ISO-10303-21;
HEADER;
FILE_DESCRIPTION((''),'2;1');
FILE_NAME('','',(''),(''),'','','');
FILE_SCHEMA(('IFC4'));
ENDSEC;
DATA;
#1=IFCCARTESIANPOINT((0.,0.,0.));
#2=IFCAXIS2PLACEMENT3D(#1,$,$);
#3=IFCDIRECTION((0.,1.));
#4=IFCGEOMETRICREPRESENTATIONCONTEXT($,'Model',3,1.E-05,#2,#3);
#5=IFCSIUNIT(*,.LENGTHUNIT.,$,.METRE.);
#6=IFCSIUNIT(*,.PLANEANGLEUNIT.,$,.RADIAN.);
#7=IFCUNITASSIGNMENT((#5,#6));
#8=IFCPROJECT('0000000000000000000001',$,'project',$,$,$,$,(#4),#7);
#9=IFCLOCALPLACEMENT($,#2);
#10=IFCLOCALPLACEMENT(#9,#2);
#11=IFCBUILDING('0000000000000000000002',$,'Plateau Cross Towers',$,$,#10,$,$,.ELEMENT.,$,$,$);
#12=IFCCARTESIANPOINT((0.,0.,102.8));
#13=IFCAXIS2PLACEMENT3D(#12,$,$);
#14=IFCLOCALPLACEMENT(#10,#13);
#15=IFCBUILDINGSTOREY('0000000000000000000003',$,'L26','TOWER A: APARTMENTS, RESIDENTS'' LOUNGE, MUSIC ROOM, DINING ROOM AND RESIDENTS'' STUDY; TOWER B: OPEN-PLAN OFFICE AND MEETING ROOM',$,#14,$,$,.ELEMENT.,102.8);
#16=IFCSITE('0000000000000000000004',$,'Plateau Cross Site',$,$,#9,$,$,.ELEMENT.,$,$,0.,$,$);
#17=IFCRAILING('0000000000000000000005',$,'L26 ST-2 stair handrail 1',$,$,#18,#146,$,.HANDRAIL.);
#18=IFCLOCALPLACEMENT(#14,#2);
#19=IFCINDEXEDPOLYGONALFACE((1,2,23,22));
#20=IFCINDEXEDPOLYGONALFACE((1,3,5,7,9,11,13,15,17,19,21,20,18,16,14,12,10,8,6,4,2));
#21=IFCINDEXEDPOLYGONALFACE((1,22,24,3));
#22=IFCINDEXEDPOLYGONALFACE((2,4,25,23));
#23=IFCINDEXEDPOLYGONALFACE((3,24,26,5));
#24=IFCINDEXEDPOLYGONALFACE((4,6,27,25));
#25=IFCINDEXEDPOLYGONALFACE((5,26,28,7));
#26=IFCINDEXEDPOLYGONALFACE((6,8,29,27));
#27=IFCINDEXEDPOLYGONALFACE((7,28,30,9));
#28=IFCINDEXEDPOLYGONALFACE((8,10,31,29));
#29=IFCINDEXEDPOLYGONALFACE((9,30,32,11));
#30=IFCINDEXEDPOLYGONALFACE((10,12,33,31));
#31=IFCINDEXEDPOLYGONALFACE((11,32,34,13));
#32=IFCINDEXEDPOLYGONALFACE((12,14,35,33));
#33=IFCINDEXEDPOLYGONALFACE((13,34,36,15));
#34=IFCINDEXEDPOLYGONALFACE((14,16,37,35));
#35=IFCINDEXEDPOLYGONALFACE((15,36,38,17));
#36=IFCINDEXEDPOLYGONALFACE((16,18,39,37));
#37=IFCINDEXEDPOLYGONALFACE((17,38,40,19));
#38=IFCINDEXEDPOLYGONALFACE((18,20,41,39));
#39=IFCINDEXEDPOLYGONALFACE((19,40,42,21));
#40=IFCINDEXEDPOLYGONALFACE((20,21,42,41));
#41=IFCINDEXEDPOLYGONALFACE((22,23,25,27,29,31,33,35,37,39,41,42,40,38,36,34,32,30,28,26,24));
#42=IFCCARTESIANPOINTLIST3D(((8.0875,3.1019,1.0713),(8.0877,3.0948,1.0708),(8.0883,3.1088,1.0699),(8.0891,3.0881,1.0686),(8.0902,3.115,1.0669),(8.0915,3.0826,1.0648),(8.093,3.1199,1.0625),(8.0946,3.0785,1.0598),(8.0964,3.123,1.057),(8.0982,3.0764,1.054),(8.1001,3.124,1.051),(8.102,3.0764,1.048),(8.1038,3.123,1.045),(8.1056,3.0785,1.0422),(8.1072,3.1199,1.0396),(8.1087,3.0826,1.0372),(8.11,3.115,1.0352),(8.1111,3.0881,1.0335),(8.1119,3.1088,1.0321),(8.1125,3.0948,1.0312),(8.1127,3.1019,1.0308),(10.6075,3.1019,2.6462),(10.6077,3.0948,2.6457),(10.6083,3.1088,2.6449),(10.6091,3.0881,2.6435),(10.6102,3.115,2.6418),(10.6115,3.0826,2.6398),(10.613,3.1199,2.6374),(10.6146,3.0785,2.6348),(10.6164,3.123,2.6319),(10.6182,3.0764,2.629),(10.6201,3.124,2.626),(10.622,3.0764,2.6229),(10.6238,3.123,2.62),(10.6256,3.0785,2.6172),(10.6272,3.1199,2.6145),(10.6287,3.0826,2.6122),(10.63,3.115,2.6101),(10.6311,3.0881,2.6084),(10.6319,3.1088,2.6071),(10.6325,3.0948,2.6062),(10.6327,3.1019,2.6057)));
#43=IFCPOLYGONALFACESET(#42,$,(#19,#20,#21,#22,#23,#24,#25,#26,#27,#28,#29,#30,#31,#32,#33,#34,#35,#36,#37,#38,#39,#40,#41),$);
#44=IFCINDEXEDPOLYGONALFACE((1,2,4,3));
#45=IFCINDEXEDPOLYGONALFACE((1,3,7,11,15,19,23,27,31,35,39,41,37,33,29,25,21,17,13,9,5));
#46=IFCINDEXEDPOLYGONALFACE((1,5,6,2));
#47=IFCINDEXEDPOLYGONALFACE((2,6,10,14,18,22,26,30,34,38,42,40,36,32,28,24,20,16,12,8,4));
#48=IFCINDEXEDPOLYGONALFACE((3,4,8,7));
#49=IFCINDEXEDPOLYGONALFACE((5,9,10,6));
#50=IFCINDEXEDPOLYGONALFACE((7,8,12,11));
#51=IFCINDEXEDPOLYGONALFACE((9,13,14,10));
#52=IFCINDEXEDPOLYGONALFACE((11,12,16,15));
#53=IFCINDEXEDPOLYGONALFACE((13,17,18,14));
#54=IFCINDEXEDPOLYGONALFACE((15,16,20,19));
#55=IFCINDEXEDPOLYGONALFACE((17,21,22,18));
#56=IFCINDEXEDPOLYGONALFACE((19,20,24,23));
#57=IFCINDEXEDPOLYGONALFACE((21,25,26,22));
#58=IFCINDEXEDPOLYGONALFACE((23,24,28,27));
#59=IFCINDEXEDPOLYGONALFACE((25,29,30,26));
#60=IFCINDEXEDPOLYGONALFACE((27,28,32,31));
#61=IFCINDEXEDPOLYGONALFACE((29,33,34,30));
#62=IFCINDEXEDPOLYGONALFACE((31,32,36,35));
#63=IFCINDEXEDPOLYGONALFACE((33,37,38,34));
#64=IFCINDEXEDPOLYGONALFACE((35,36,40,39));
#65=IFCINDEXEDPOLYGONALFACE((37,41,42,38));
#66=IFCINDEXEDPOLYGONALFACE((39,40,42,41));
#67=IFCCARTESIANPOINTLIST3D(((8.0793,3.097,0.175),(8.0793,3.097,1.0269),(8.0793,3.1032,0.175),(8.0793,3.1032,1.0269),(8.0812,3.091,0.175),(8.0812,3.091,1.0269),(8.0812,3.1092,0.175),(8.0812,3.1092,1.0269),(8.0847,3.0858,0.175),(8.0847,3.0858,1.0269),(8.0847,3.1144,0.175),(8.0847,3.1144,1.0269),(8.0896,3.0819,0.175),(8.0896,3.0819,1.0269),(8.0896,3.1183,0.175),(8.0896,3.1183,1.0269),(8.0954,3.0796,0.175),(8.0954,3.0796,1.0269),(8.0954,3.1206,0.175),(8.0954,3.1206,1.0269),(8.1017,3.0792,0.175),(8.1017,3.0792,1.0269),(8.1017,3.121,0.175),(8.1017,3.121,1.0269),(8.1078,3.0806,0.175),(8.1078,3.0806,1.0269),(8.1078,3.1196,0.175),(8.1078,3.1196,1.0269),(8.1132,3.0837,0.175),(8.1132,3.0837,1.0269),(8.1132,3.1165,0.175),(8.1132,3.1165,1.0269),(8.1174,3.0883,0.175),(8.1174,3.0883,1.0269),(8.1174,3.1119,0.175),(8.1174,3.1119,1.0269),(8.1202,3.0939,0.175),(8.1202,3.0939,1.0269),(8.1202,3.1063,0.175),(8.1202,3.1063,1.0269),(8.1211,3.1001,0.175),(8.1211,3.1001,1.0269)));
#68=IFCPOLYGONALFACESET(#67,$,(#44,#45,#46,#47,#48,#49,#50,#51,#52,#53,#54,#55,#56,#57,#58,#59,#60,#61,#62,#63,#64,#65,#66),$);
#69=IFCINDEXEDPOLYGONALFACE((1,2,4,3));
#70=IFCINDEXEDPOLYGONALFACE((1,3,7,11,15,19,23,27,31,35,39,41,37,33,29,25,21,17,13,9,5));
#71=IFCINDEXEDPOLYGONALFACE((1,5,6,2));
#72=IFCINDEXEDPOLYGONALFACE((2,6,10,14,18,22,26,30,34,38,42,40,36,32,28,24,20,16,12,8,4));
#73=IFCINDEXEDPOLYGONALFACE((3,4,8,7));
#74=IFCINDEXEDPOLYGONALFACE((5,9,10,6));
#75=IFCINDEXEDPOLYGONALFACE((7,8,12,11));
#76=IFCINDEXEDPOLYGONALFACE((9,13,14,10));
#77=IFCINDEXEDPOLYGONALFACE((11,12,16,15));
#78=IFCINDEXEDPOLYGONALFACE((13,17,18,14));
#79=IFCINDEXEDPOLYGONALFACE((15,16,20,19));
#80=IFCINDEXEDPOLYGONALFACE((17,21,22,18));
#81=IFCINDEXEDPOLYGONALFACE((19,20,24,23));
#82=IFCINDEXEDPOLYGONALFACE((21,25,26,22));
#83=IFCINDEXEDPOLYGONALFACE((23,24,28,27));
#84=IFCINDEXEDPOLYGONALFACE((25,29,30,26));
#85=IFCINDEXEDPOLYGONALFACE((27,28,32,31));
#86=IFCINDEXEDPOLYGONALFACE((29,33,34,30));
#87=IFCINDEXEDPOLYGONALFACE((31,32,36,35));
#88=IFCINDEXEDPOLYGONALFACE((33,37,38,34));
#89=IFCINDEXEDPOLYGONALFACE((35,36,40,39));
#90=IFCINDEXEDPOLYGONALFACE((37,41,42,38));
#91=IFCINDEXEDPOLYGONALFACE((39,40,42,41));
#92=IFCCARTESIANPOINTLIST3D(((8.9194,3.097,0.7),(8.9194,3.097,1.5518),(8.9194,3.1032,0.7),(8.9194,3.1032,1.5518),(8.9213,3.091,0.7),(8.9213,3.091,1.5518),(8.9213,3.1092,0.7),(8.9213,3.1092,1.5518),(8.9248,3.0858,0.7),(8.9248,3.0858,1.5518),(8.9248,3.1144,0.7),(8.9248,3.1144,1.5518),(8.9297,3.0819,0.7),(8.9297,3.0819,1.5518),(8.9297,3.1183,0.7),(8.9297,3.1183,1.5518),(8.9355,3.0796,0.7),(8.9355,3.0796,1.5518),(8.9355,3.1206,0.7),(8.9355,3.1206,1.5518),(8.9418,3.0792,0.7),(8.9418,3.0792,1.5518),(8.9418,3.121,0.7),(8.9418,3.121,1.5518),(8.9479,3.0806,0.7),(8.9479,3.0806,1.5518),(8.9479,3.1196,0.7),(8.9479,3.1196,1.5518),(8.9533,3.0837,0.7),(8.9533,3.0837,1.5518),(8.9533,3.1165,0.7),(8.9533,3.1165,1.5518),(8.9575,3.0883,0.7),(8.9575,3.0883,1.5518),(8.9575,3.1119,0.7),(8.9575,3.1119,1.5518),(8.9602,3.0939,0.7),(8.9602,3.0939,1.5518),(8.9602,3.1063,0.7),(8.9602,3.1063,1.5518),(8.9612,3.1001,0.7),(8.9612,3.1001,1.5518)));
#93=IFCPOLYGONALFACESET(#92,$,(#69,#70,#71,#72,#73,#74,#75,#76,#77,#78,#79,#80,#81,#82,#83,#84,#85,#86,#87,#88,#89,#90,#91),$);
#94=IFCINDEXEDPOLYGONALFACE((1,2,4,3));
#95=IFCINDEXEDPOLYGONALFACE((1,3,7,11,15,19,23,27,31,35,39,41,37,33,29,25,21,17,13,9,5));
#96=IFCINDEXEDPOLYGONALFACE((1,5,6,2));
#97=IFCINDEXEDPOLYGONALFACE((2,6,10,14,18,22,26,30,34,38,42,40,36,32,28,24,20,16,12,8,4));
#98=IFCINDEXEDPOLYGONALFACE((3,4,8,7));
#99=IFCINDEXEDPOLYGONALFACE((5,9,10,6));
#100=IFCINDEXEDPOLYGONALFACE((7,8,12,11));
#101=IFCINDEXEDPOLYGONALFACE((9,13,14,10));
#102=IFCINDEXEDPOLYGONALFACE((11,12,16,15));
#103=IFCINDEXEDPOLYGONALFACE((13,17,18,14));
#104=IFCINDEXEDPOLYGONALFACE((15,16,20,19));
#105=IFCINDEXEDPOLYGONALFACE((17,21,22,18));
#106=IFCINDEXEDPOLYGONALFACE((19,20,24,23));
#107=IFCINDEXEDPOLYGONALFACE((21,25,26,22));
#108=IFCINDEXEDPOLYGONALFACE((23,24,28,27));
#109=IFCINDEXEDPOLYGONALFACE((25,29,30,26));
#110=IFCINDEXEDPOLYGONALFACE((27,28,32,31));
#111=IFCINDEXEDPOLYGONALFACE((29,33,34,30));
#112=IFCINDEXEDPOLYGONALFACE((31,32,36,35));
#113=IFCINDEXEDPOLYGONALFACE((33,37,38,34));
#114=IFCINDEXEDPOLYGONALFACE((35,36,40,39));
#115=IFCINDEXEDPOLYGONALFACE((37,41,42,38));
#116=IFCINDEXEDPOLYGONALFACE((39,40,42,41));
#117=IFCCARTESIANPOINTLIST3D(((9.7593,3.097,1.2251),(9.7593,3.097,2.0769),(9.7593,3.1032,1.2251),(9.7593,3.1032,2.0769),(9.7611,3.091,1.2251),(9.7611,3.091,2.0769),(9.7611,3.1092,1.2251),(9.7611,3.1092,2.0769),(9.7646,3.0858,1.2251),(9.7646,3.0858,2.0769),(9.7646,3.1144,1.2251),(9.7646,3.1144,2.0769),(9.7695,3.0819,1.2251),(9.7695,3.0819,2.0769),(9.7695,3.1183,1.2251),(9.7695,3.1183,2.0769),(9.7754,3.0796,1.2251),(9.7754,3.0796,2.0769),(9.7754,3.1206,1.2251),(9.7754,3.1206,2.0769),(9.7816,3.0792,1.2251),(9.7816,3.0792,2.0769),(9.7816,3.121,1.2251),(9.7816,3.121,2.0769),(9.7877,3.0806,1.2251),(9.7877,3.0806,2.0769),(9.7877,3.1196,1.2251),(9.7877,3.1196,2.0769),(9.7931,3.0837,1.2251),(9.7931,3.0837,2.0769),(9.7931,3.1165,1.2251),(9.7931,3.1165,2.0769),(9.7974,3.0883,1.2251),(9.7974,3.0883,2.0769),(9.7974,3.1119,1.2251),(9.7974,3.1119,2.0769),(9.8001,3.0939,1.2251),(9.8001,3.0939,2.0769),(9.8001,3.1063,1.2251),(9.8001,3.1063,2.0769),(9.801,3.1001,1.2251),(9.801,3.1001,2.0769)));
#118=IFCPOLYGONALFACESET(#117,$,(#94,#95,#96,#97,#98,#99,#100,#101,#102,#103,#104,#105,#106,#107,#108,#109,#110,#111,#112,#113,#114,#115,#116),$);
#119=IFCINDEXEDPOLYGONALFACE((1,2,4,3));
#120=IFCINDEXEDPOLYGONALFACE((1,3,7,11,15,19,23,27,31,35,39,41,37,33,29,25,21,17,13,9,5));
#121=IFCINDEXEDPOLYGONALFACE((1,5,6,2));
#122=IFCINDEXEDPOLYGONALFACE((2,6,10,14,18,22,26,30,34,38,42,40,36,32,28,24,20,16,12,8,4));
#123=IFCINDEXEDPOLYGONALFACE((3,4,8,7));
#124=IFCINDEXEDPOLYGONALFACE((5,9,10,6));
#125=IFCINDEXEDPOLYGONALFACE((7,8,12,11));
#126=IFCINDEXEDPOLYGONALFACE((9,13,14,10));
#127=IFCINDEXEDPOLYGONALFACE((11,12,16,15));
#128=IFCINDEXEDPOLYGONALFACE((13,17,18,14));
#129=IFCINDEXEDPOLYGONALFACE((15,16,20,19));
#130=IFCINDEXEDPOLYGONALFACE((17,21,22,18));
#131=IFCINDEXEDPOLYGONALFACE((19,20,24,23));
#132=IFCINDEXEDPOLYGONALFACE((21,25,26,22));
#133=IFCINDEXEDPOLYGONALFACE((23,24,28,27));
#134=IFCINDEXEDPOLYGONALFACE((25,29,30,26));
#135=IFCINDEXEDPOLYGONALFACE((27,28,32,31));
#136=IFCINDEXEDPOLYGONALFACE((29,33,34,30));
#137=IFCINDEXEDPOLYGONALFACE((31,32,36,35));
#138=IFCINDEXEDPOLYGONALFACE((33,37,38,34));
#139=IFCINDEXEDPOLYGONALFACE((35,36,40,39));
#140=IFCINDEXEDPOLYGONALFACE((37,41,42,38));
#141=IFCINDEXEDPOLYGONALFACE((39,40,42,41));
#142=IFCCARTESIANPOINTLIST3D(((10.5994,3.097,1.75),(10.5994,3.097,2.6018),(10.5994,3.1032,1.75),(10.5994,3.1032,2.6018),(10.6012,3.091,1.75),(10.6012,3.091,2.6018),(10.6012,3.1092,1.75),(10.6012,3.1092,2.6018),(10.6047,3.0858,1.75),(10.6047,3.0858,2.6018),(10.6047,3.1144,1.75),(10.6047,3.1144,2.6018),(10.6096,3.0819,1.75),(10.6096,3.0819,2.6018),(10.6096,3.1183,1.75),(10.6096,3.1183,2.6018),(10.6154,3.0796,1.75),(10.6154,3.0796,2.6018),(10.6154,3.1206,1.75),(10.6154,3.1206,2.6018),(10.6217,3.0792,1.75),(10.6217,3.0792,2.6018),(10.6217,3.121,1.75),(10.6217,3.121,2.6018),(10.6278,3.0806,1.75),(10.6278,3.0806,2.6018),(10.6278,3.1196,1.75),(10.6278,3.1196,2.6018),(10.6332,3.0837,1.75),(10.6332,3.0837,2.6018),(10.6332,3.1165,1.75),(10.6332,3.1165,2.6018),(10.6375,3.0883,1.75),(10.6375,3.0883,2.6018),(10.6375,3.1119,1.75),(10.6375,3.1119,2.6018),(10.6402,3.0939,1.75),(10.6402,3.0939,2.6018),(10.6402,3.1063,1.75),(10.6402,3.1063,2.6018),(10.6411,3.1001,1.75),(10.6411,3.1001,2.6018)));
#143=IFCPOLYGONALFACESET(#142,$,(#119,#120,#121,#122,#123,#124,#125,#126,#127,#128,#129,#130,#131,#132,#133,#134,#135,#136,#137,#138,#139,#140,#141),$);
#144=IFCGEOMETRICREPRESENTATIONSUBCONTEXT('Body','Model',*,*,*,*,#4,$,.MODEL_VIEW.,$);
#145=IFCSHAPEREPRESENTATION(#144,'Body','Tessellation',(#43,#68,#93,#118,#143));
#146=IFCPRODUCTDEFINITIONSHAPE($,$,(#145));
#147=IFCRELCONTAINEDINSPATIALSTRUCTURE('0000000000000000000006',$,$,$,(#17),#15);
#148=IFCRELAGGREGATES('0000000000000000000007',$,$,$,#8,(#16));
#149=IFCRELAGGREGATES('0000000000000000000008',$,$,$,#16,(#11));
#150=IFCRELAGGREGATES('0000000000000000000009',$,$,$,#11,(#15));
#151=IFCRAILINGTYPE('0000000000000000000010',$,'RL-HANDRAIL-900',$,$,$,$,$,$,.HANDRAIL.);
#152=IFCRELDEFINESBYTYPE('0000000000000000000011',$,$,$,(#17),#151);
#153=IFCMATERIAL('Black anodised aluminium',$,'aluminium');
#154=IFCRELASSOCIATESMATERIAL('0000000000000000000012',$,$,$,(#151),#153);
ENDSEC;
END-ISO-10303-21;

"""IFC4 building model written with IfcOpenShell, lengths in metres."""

from ifc_helpers import new_model, si_unit, direction, frame, origin, origin_2d, place, context, subcontext, project, spatial, circle, extrude, material, type_object, element, save


model = new_model("IFC4")

# Units and contexts
model_context = context("Model", 3, precision=1e-05, world=origin(), true_north=direction((0.0, 1.0)))
body_context = subcontext(model_context, "Body", "Model", "MODEL_VIEW")
ifc_project = project(units=[si_unit("LENGTHUNIT", "METRE"), si_unit("PLANEANGLEUNIT", "RADIAN")], contexts=[model_context])

# Site, building, storey
site_placement = place(None, origin())
site = spatial("IfcSite", under=ifc_project, at=site_placement, Name="Plateau Cross Site", CompositionType="ELEMENT", RefElevation=0.0)
building_placement = place(site_placement, origin())
building = spatial("IfcBuilding", under=site, at=building_placement, Name="Plateau Cross Towers", CompositionType="ELEMENT")
storey_placement = place(building_placement, frame((0.0, 0.0, 102.8)))
storey = spatial("IfcBuildingStorey", under=building, at=storey_placement, Name="L26", Description="TOWER A: APARTMENTS, RESIDENTS' LOUNGE, MUSIC ROOM, DINING ROOM AND RESIDENTS' STUDY; TOWER B: OPEN-PLAN OFFICE AND MEETING ROOM", CompositionType="ELEMENT", Elevation=102.8)

# Shared definitions
ifc_material_1 = material(Name="Black anodised aluminium", Category="aluminium")

# Railing
railing_type_1 = type_object("IfcRailingType", Name="RL-HANDRAIL-900", PredefinedType="HANDRAIL", material=ifc_material_1)
railing_1_placement = place(storey_placement, frame((8.1001, 3.1001, 0.175)))
element("IfcRailing", 1, at=railing_1_placement, inside=storey, type_object=railing_type_1, Name="L26 ST-2 stair handrail 1", PredefinedType="HANDRAIL", context=body_context, shape_type="SweptSolid", body=[
    extrude(circle(Radius=0.0239, at=origin_2d()), frame((0.0, 0.0, 0.876), z_axis=(0.848008, 0.0, 0.529984), x_axis=(0.0, 1.0, 0.0)), (0.0, 0.0, 1.0), 2.9717),
    extrude(circle(Radius=0.021, at=origin_2d()), origin(), (0.0, 0.0, 1.0), 0.8518),
    extrude(circle(Radius=0.021, at=origin_2d()), frame((0.8401, 0.0, 0.5249)), (0.0, 0.0, 1.0), 0.8518),
    extrude(circle(Radius=0.021, at=origin_2d()), frame((1.6799, 0.0, 1.05)), (0.0, 0.0, 1.0), 0.8518),
    extrude(circle(Radius=0.021, at=origin_2d()), frame((2.52, 0.0, 1.575)), (0.0, 0.0, 1.0), 0.8518),
])

save(model, "model.ifc")
